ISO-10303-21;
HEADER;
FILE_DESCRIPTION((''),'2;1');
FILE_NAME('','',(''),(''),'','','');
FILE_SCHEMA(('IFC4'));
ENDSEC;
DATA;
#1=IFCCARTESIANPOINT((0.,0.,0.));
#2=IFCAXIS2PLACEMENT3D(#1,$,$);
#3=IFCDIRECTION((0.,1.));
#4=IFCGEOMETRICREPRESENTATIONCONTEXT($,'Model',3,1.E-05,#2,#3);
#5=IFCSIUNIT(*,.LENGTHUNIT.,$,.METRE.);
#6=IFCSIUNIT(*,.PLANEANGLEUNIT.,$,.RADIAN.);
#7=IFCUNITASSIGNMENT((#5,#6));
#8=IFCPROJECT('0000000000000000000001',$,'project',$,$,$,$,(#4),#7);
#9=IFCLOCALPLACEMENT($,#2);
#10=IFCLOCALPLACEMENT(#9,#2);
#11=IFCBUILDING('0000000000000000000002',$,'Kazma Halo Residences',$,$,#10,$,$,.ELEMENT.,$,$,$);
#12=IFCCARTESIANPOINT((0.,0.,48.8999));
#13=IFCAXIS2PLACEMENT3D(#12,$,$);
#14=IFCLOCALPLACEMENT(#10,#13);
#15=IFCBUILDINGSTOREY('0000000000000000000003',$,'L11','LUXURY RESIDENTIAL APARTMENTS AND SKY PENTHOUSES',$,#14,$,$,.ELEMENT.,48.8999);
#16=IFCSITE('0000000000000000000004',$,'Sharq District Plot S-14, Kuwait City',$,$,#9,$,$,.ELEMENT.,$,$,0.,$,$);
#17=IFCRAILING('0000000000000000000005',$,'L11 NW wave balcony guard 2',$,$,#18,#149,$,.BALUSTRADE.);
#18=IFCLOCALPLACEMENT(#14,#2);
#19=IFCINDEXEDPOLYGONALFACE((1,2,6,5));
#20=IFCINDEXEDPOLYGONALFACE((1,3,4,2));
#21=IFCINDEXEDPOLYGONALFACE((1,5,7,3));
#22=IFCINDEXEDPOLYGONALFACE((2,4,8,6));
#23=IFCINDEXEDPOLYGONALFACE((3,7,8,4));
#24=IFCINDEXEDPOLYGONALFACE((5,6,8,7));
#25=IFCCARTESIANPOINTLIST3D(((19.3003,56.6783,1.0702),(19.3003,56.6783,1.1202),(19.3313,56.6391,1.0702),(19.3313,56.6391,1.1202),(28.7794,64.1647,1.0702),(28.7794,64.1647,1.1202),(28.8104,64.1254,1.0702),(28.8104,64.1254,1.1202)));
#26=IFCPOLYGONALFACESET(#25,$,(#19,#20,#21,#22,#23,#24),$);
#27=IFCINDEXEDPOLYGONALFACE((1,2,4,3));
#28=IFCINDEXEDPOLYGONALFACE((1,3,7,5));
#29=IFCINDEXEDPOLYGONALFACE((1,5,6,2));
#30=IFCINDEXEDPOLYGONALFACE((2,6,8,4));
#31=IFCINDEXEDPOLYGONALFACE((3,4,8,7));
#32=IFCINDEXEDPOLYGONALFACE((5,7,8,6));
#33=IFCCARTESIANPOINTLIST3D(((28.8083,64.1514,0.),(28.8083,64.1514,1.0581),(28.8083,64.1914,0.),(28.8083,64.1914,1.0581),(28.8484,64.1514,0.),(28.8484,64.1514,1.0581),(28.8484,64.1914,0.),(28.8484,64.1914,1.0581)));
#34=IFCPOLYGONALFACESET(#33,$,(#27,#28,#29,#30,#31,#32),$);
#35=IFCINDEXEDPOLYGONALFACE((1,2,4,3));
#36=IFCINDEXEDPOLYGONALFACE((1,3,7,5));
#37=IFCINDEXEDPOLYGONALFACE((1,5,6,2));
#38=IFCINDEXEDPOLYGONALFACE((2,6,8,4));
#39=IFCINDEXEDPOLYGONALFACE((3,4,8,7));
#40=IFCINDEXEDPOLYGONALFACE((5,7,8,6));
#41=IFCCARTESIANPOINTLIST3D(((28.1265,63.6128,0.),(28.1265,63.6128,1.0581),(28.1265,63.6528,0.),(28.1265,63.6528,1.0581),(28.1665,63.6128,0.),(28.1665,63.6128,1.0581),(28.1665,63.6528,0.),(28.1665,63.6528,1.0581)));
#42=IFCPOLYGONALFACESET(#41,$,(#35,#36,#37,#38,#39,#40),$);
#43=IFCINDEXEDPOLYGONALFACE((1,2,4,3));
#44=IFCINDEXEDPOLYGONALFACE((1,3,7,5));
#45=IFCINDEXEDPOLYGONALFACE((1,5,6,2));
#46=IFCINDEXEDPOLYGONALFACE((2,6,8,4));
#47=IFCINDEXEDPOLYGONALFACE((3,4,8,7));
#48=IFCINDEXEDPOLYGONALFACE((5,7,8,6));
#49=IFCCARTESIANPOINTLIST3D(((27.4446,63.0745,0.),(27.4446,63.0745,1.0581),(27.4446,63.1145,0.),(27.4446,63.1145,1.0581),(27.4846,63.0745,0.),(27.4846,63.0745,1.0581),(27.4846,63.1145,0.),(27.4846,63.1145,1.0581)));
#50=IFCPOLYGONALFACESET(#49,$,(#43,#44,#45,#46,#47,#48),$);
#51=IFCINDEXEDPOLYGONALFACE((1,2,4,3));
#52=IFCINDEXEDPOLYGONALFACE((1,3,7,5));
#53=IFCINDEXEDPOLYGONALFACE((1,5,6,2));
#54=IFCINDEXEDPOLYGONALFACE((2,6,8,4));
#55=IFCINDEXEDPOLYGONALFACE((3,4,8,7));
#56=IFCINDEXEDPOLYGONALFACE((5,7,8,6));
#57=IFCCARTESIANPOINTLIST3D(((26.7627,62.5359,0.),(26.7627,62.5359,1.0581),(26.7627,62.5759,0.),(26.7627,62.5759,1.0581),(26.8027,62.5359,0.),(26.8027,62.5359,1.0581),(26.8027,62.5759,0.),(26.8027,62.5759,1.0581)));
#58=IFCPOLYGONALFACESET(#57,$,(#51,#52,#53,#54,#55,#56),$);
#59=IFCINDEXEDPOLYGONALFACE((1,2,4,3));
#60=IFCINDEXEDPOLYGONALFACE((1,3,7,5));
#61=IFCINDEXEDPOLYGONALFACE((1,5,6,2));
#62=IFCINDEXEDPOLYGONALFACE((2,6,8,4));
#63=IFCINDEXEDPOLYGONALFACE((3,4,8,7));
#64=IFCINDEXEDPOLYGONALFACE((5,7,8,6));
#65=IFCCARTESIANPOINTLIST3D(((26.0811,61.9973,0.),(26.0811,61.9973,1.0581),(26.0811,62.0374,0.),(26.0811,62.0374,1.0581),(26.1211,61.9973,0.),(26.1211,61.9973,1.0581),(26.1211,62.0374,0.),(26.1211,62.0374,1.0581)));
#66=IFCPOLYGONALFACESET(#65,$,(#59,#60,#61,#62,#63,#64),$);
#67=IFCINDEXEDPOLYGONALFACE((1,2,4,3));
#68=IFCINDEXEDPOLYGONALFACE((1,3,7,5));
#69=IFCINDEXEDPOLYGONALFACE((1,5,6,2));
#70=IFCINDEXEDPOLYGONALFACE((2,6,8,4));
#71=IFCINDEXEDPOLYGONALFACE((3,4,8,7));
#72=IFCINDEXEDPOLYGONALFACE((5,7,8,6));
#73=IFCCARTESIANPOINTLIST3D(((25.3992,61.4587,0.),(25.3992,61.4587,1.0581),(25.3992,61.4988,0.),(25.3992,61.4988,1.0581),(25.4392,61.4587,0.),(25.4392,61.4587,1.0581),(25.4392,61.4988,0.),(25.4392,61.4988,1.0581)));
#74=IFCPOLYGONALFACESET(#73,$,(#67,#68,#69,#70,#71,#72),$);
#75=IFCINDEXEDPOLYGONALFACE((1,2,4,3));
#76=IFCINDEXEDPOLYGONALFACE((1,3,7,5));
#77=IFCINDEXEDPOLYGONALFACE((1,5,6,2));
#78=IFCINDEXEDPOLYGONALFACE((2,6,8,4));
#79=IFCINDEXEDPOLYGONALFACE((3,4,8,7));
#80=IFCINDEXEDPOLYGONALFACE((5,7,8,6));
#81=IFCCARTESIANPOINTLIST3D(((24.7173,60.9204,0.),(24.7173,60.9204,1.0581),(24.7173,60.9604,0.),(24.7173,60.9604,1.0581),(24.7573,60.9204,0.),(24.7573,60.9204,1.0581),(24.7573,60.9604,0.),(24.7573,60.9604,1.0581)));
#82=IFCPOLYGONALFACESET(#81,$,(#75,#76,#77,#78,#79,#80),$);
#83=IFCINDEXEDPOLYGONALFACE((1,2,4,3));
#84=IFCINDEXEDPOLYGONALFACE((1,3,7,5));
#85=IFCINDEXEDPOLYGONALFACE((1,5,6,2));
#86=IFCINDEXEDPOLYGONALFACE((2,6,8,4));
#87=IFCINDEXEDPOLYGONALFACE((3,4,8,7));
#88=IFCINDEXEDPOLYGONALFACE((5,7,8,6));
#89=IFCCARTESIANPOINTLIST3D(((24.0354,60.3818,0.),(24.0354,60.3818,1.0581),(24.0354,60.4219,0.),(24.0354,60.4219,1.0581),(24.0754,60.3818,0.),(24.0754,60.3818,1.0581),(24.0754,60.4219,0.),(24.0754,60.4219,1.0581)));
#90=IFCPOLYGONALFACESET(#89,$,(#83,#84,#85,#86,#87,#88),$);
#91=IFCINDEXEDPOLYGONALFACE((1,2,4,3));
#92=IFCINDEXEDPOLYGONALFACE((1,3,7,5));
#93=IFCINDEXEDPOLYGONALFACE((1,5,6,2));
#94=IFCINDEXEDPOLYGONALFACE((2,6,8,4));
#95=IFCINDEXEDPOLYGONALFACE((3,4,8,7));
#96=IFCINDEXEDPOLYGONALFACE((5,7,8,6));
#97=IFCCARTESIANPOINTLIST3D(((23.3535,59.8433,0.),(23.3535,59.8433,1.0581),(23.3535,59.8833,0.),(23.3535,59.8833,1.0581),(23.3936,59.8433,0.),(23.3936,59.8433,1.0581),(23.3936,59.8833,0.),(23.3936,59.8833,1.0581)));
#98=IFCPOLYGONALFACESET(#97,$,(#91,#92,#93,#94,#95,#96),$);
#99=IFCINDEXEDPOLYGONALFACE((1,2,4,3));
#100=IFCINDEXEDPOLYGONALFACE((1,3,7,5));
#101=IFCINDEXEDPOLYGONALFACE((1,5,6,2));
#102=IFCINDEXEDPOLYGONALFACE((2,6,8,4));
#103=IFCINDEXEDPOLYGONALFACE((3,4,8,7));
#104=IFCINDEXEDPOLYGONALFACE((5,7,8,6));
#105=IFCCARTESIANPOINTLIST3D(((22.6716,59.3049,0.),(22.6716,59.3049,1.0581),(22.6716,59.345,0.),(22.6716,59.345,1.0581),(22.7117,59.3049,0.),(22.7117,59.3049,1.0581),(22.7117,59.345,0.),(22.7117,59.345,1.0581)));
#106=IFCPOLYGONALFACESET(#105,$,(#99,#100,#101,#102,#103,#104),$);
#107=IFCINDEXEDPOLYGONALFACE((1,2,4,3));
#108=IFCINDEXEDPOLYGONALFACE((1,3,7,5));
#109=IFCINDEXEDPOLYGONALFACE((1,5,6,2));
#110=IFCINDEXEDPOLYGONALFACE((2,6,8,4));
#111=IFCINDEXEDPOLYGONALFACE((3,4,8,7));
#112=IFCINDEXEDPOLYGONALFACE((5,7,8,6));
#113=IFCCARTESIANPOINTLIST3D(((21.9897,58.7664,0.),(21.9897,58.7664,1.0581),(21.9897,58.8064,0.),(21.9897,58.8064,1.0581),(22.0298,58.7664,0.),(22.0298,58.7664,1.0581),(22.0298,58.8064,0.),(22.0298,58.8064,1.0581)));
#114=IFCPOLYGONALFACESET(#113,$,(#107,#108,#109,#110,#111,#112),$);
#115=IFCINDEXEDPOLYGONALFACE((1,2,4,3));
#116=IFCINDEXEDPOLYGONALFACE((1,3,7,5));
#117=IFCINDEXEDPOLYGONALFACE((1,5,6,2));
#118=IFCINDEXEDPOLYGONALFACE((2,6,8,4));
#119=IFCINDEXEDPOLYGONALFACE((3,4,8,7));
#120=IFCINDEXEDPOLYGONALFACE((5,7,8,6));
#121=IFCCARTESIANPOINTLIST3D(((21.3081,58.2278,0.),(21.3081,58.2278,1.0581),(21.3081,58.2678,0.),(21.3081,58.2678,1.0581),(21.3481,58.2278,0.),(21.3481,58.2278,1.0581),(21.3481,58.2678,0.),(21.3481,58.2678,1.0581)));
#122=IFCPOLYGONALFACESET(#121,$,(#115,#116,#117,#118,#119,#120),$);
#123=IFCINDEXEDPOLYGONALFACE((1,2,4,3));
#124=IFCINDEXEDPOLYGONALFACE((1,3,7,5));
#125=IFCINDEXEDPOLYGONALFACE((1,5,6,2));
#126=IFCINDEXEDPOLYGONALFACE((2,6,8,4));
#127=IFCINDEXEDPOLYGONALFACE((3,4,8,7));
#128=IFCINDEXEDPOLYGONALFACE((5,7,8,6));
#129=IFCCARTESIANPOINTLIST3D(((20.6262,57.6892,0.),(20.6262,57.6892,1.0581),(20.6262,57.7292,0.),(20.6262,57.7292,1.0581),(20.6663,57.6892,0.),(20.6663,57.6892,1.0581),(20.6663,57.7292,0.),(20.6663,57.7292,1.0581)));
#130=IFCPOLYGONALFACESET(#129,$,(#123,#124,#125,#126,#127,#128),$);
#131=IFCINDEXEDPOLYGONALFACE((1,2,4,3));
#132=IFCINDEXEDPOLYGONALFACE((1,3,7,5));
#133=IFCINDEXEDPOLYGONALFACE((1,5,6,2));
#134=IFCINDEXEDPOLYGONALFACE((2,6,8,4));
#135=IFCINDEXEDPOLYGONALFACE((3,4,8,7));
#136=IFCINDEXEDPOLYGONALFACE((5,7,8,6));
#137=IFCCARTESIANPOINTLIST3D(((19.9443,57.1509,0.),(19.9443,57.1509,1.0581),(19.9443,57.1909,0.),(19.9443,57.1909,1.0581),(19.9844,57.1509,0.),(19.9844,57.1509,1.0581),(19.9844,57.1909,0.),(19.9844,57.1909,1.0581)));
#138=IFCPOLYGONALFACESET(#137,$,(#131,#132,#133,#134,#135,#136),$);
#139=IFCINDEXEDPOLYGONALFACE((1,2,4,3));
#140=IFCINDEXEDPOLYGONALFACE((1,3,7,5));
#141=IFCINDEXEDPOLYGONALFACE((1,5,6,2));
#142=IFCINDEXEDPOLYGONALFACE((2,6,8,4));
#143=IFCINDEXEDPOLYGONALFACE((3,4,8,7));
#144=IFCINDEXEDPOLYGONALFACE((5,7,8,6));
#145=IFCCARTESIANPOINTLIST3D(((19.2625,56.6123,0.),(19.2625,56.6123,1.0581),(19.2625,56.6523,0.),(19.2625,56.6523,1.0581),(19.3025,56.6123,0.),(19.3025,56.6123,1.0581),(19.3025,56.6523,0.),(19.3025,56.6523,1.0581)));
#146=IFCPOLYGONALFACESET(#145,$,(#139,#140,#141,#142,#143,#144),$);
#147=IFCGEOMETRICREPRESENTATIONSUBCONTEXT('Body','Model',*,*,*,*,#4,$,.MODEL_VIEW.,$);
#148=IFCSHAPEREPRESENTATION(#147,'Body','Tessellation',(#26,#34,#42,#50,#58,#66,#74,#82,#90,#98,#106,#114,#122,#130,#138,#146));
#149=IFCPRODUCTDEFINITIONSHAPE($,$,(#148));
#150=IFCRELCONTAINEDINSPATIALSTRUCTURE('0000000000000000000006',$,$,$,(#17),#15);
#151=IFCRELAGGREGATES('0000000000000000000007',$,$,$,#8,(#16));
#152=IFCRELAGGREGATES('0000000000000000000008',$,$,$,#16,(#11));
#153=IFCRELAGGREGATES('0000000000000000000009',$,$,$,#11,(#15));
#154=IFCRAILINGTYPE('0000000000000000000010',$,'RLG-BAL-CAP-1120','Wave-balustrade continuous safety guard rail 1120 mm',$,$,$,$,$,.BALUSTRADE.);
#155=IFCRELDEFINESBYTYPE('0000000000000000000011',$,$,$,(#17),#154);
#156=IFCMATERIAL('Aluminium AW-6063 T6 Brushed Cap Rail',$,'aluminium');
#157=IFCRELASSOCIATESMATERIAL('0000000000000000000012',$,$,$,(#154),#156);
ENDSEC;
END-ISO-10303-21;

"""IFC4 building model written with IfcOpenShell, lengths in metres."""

from ifc_helpers import new_model, si_unit, direction, frame, origin, origin_2d, place, context, subcontext, project, spatial, rectangle, extrude, material, type_object, element, save


model = new_model("IFC4")

# Units and contexts
model_context = context("Model", 3, precision=1e-05, world=origin(), true_north=direction((0.0, 1.0)))
body_context = subcontext(model_context, "Body", "Model", "MODEL_VIEW")
ifc_project = project(units=[si_unit("LENGTHUNIT", "METRE"), si_unit("PLANEANGLEUNIT", "RADIAN")], contexts=[model_context])

# Site, building, storey
site_placement = place(None, origin())
site = spatial("IfcSite", under=ifc_project, at=site_placement, Name="Sharq District Plot S-14, Kuwait City", CompositionType="ELEMENT", RefElevation=0.0)
building_placement = place(site_placement, origin())
building = spatial("IfcBuilding", under=site, at=building_placement, Name="Kazma Halo Residences", CompositionType="ELEMENT")
storey_placement = place(building_placement, frame((0.0, 0.0, 48.8999)))
storey = spatial("IfcBuildingStorey", under=building, at=storey_placement, Name="L11", Description="LUXURY RESIDENTIAL APARTMENTS AND SKY PENTHOUSES", CompositionType="ELEMENT", Elevation=48.8999)

# Railing
ifc_material_1 = material(Name="Aluminium AW-6063 T6 Brushed Cap Rail", Category="aluminium")
railing_type = type_object("IfcRailingType", Name="RLG-BAL-CAP-1120", Description="Wave-balustrade continuous safety guard rail 1120 mm", PredefinedType="BALUSTRADE", material=ifc_material_1)
railing_1_placement = place(storey_placement, frame((28.8284, 64.1714, 0.0)))
element("IfcRailing", 1, at=railing_1_placement, inside=storey, type_object=railing_type, Name="L11 NW wave balcony guard 2", PredefinedType="BALUSTRADE", context=body_context, shape_type="SweptSolid", body=[
    extrude(rectangle(XDim=0.05, YDim=0.05, at=origin_2d()), frame((-0.0334, -0.0264, 1.0952), z_axis=(-0.78477, -0.619787, 0.0), x_axis=(0.619787, -0.78477, 0.0)), (0.0, 0.0, 1.0), 12.0789),
    extrude(rectangle(XDim=0.04, YDim=0.04, at=origin_2d()), origin(), (0.0, 0.0, 1.0), 1.0581),
    extrude(rectangle(XDim=0.04, YDim=0.04, at=origin_2d()), frame((-0.6819, -0.5386, 0.0)), (0.0, 0.0, 1.0), 1.0581),
    extrude(rectangle(XDim=0.04, YDim=0.04, at=origin_2d()), frame((-1.3638, -1.0769, 0.0)), (0.0, 0.0, 1.0), 1.0581),
    extrude(rectangle(XDim=0.04, YDim=0.04, at=origin_2d()), frame((-2.0457, -1.6155, 0.0)), (0.0, 0.0, 1.0), 1.0581),
    extrude(rectangle(XDim=0.04, YDim=0.04, at=origin_2d()), frame((-2.7273, -2.1541, 0.0)), (0.0, 0.0, 1.0), 1.0581),
    extrude(rectangle(XDim=0.04, YDim=0.04, at=origin_2d()), frame((-3.4092, -2.6926, 0.0)), (0.0, 0.0, 1.0), 1.0581),
    extrude(rectangle(XDim=0.04, YDim=0.04, at=origin_2d()), frame((-4.0911, -3.231, 0.0)), (0.0, 0.0, 1.0), 1.0581),
    extrude(rectangle(XDim=0.04, YDim=0.04, at=origin_2d()), frame((-4.7729, -3.7695, 0.0)), (0.0, 0.0, 1.0), 1.0581),
    extrude(rectangle(XDim=0.04, YDim=0.04, at=origin_2d()), frame((-5.4548, -4.3081, 0.0)), (0.0, 0.0, 1.0), 1.0581),
    extrude(rectangle(XDim=0.04, YDim=0.04, at=origin_2d()), frame((-6.1367, -4.8464, 0.0)), (0.0, 0.0, 1.0), 1.0581),
    extrude(rectangle(XDim=0.04, YDim=0.04, at=origin_2d()), frame((-6.8186, -5.385, 0.0)), (0.0, 0.0, 1.0), 1.0581),
    extrude(rectangle(XDim=0.04, YDim=0.04, at=origin_2d()), frame((-7.5002, -5.9236, 0.0)), (0.0, 0.0, 1.0), 1.0581),
    extrude(rectangle(XDim=0.04, YDim=0.04, at=origin_2d()), frame((-8.1821, -6.4622, 0.0)), (0.0, 0.0, 1.0), 1.0581),
    extrude(rectangle(XDim=0.04, YDim=0.04, at=origin_2d()), frame((-8.864, -7.0005, 0.0)), (0.0, 0.0, 1.0), 1.0581),
    extrude(rectangle(XDim=0.04, YDim=0.04, at=origin_2d()), frame((-9.5459, -7.5391, 0.0)), (0.0, 0.0, 1.0), 1.0581),
])

save(model, "model.ifc")
